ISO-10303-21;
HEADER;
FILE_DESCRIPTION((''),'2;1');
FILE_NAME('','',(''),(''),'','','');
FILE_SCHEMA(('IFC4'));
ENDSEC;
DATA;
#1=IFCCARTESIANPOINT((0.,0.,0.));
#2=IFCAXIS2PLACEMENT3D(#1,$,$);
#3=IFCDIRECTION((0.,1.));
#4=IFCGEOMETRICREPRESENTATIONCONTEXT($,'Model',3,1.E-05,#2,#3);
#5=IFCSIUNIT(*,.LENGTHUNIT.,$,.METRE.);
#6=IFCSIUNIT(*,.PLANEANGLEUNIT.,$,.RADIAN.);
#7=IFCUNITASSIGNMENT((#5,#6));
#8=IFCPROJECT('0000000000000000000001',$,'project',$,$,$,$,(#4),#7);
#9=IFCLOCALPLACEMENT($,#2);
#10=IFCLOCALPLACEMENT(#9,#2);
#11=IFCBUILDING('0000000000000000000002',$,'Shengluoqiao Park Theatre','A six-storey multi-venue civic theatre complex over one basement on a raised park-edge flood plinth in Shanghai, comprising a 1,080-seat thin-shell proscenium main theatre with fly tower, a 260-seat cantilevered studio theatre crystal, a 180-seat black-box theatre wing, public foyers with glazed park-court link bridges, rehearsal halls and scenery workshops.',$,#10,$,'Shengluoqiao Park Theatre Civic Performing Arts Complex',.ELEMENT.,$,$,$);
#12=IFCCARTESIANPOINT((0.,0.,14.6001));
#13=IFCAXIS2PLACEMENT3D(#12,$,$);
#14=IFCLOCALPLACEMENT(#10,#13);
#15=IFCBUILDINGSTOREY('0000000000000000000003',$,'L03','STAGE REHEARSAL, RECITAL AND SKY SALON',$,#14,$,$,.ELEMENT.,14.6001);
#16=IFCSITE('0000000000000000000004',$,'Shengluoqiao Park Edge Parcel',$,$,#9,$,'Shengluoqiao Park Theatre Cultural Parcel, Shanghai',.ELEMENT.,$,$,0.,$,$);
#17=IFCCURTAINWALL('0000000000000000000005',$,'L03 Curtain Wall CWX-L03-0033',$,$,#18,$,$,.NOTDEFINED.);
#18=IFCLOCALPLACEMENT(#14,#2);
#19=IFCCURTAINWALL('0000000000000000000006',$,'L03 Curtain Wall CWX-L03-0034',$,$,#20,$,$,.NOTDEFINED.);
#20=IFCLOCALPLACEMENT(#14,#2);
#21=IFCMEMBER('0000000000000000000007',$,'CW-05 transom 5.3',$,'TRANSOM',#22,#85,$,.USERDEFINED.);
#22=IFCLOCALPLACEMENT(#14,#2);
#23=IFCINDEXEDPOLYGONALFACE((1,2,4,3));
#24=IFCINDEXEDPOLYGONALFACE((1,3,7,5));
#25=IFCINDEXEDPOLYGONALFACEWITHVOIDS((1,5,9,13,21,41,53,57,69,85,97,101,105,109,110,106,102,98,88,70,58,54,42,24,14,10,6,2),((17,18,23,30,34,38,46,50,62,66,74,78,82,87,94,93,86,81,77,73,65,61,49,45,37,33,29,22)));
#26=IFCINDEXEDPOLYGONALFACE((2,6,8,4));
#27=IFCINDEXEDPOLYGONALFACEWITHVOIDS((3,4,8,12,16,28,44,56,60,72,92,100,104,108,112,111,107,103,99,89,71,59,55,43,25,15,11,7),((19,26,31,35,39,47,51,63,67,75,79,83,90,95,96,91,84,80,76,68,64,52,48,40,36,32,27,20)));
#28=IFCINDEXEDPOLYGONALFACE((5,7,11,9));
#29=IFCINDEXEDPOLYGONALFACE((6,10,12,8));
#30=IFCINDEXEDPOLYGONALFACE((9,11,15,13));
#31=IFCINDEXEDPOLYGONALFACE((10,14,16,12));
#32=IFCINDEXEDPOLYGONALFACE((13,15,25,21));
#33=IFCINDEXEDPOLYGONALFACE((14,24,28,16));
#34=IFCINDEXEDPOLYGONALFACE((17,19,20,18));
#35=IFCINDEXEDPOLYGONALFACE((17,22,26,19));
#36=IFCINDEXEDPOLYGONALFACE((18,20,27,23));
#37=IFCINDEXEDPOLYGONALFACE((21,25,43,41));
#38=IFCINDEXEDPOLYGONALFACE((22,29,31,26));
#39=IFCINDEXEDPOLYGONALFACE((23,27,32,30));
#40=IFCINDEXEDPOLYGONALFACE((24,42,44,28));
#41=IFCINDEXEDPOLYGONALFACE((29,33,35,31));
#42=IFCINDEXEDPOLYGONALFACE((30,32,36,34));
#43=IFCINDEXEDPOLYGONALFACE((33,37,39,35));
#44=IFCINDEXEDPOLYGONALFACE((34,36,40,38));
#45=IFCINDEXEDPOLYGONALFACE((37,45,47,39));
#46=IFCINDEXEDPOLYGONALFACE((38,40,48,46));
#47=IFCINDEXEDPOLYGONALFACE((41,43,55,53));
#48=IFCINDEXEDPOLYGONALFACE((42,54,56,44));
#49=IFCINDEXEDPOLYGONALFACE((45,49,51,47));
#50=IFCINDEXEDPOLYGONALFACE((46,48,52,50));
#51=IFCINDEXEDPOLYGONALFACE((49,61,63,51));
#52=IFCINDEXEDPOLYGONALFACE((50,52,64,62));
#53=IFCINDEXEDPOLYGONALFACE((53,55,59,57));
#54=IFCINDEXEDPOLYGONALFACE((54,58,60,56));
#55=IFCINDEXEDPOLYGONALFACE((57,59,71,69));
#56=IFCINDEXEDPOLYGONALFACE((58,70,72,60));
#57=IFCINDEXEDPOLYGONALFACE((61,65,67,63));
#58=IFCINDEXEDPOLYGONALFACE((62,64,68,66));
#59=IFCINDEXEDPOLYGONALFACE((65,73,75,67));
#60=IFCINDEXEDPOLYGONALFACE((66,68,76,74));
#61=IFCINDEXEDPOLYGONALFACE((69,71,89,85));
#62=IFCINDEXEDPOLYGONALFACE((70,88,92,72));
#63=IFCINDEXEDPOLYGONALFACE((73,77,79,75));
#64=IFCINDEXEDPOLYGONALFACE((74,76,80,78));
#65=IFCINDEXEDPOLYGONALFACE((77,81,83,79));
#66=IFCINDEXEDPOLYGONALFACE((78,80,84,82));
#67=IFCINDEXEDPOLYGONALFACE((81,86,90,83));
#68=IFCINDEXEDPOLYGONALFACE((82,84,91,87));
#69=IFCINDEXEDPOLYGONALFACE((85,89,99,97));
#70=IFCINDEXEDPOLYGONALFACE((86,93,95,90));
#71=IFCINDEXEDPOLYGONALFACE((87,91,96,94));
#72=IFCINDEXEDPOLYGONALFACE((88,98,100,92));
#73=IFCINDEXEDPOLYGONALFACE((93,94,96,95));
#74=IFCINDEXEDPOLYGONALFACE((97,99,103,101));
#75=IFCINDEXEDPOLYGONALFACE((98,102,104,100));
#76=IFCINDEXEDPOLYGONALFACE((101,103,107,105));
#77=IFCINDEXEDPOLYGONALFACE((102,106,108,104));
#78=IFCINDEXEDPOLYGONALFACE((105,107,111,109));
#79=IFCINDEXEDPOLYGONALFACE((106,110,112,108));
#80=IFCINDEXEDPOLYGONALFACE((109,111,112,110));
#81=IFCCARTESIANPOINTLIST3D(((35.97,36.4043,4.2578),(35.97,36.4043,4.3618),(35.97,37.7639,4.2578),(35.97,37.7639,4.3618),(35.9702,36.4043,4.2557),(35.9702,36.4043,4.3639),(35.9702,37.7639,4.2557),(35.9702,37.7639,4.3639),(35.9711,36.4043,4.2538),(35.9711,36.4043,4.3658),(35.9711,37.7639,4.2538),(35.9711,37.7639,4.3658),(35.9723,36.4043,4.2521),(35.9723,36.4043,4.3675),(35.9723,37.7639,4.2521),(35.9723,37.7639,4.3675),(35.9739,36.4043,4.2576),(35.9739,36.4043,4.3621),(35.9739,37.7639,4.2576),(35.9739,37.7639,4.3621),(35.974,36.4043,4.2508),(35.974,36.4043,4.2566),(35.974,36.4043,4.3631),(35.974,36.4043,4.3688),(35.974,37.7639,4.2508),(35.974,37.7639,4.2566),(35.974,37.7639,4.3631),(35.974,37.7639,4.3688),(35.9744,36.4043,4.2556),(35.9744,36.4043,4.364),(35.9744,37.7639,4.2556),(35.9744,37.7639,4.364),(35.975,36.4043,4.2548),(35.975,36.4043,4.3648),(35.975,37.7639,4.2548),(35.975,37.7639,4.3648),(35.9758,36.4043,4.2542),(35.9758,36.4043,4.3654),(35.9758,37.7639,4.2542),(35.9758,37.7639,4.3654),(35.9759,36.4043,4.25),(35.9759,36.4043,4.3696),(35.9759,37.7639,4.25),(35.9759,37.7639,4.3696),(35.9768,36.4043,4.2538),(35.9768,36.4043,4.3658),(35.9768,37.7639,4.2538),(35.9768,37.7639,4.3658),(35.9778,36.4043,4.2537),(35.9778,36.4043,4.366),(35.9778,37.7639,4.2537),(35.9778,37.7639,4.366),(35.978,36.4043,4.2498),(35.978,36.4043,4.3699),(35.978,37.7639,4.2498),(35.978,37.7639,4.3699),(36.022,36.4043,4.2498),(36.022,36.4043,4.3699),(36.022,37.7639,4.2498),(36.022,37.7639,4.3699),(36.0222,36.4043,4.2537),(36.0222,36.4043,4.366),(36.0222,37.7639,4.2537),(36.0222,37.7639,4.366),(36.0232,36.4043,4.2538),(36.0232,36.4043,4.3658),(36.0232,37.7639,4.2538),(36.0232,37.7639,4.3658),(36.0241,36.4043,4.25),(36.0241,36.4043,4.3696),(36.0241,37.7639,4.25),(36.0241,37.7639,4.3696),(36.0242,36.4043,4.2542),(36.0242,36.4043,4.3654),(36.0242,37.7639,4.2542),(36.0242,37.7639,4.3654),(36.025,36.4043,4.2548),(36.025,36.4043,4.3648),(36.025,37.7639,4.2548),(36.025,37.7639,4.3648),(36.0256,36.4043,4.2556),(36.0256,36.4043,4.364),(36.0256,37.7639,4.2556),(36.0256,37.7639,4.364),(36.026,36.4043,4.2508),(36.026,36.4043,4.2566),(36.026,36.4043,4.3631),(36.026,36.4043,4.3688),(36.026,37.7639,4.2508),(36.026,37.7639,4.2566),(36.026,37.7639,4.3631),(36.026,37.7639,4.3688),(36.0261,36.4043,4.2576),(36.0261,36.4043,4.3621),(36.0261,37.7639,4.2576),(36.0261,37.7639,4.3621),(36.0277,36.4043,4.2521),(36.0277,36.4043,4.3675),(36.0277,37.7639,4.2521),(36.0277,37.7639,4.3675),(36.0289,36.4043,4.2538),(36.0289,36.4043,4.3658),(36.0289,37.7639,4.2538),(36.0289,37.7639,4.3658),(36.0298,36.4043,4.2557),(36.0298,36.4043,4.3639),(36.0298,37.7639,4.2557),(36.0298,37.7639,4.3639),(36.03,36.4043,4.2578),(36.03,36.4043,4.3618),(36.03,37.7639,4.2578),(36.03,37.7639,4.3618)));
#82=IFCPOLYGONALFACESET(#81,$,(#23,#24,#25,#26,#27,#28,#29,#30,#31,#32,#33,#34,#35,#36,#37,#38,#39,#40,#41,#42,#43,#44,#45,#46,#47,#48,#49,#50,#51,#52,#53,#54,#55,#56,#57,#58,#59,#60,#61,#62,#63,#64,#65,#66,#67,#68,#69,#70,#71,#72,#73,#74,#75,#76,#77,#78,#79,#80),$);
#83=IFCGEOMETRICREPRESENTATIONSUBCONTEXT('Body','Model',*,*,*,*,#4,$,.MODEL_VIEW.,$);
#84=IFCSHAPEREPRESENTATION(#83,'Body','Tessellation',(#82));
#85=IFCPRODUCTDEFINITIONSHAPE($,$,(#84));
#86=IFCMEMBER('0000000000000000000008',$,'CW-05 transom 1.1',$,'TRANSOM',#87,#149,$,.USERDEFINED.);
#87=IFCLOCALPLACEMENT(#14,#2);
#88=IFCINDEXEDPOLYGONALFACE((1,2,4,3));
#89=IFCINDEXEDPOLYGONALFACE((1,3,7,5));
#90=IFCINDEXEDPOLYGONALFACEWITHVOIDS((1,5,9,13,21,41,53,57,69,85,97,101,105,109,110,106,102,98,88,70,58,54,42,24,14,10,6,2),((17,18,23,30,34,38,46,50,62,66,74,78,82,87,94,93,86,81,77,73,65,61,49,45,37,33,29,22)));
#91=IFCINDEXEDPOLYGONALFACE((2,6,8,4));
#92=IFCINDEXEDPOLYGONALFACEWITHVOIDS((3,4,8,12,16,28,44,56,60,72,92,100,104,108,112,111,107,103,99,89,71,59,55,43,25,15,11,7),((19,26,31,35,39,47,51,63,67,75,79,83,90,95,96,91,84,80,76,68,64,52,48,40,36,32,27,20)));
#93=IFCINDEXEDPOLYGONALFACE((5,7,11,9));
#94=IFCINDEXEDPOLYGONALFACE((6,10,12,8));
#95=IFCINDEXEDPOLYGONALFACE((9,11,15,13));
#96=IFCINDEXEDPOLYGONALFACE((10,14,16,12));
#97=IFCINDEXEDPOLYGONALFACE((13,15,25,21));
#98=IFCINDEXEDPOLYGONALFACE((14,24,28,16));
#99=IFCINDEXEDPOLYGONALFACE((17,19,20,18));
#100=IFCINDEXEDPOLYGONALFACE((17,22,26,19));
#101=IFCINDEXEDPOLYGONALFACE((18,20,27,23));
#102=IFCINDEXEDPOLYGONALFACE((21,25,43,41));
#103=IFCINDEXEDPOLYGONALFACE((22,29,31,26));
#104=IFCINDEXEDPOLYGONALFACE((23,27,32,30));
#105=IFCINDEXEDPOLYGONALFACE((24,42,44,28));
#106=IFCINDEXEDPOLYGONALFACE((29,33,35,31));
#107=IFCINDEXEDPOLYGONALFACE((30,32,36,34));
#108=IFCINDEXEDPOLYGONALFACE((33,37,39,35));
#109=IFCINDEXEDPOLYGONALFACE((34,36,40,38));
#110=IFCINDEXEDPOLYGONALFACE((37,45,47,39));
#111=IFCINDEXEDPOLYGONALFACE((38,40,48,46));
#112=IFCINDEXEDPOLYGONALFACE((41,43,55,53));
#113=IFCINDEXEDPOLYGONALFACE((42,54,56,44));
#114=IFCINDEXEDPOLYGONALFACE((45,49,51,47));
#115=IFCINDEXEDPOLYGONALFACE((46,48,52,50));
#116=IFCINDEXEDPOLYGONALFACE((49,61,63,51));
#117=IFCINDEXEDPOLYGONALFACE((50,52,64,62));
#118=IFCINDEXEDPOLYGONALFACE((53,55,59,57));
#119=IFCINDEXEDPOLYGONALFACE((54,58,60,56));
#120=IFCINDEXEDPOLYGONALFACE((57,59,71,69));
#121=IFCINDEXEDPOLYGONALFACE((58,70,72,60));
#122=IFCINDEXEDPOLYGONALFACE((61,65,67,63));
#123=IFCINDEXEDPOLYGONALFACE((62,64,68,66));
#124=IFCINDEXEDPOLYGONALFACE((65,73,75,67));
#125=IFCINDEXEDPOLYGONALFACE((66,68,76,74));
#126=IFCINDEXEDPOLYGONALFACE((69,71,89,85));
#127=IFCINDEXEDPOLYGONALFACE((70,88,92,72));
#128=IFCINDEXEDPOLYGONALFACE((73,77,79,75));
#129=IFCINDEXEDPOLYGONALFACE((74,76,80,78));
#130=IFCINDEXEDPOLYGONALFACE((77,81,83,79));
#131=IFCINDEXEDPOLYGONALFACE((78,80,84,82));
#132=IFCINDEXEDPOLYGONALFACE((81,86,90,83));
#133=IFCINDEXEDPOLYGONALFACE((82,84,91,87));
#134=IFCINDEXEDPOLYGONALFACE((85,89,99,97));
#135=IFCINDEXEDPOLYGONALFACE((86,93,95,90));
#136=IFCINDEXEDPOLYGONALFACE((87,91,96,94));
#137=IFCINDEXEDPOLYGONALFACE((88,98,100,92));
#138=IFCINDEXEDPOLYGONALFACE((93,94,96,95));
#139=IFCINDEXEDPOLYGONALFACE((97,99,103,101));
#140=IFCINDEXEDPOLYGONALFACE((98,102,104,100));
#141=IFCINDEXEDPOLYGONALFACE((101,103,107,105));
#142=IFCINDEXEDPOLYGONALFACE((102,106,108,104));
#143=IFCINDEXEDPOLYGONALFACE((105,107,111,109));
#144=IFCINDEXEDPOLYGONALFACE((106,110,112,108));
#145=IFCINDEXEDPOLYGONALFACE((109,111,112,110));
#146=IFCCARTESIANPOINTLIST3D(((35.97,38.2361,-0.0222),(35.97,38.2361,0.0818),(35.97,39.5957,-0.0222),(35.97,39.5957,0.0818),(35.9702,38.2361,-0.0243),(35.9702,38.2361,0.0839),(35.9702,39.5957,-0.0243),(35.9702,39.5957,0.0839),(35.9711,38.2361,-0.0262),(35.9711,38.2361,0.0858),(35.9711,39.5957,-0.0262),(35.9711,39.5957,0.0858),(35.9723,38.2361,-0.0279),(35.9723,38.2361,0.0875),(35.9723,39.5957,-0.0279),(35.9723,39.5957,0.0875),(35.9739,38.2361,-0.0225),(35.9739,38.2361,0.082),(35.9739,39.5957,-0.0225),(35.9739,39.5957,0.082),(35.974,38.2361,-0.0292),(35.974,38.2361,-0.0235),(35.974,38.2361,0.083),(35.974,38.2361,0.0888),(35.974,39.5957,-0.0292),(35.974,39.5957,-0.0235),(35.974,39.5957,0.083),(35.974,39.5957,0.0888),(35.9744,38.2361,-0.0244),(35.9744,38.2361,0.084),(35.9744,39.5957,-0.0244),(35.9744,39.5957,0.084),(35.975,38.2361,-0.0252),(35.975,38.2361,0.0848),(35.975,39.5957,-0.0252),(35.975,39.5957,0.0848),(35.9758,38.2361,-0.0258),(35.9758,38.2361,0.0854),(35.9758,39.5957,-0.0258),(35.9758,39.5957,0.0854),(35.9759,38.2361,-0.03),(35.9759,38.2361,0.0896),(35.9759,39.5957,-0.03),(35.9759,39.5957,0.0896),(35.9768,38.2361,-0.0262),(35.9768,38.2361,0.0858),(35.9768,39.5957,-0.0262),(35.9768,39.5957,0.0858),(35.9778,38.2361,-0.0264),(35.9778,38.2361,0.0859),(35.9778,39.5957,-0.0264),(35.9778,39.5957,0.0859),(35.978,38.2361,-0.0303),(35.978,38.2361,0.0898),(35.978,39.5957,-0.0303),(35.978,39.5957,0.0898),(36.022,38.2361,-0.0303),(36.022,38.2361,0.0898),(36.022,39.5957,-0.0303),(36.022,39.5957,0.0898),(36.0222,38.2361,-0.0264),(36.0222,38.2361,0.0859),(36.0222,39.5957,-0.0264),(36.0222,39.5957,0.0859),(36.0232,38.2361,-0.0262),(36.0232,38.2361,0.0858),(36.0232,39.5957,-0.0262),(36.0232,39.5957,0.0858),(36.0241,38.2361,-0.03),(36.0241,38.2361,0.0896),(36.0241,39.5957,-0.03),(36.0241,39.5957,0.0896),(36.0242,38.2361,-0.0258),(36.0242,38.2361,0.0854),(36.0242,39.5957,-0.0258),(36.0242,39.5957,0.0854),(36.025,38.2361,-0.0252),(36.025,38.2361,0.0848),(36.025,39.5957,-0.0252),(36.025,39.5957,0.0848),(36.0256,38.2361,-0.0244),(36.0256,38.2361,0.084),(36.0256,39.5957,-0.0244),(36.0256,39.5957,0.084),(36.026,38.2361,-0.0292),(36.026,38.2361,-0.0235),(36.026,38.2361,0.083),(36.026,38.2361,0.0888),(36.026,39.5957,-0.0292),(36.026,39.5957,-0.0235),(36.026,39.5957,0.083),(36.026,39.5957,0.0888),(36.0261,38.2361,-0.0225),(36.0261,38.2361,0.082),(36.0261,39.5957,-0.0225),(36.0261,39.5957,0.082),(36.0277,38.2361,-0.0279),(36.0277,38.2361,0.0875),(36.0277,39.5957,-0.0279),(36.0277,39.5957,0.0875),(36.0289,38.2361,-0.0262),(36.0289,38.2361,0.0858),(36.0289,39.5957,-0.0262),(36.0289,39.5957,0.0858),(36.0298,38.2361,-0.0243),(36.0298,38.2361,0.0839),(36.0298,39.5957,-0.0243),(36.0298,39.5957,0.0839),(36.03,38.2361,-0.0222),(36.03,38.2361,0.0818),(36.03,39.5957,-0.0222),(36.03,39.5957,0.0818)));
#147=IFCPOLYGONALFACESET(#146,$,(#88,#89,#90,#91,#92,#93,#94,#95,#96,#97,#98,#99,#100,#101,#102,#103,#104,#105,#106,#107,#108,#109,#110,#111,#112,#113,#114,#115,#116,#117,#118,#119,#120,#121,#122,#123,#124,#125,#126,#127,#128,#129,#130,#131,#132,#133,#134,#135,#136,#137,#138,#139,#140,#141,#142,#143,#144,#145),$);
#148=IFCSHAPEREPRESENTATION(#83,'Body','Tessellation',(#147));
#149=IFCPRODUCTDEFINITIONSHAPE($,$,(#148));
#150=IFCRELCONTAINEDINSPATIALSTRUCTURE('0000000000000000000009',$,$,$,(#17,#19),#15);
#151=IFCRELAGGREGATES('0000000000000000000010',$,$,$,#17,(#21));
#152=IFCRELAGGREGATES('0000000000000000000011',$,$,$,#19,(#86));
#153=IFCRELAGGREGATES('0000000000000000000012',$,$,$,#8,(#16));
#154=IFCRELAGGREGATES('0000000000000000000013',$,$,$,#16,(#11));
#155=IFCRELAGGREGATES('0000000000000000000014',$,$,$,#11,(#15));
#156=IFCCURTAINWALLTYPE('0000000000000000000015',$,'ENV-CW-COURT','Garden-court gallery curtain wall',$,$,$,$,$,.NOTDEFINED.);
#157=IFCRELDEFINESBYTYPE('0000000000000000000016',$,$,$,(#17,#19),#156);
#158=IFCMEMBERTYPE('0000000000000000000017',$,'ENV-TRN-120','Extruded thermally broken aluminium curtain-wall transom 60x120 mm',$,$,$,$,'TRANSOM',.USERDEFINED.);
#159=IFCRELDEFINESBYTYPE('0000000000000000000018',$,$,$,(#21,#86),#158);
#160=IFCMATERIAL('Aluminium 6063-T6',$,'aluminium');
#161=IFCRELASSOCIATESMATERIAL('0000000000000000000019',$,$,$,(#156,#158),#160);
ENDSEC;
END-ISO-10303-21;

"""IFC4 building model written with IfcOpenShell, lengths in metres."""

from ifc_helpers import new_model, si_unit, direction, frame, origin, origin_2d, place, context, subcontext, project, spatial, hollow_rectangle, extrude, material, material_profile, profile_set, type_object, element, aggregate, save


model = new_model("IFC4")

# Units and contexts
model_context = context("Model", 3, precision=1e-05, world=origin(), true_north=direction((0.0, 1.0)))
body_context = subcontext(model_context, "Body", "Model", "MODEL_VIEW")
ifc_project = project(units=[si_unit("LENGTHUNIT", "METRE"), si_unit("PLANEANGLEUNIT", "RADIAN")], contexts=[model_context])

# Site, building, storey
site_placement = place(None, origin())
site = spatial("IfcSite", under=ifc_project, at=site_placement, Name="Shengluoqiao Park Edge Parcel", LongName="Shengluoqiao Park Theatre Cultural Parcel, Shanghai", CompositionType="ELEMENT", RefElevation=0.0)
building_placement = place(site_placement, origin())
building = spatial("IfcBuilding", under=site, at=building_placement, Name="Shengluoqiao Park Theatre", Description="A six-storey multi-venue civic theatre complex over one basement on a raised park-edge flood plinth in Shanghai, comprising a 1,080-seat thin-shell proscenium main theatre with fly tower, a 260-seat cantilevered studio theatre crystal, a 180-seat black-box theatre wing, public foyers with glazed park-court link bridges, rehearsal halls and scenery workshops.", LongName="Shengluoqiao Park Theatre Civic Performing Arts Complex", CompositionType="ELEMENT")
storey_placement = place(building_placement, frame((0.0, 0.0, 14.6001)))
storey = spatial("IfcBuildingStorey", under=building, at=storey_placement, Name="L03", Description="STAGE REHEARSAL, RECITAL AND SKY SALON", CompositionType="ELEMENT", Elevation=14.6001)

# Curtain walls
ifc_material_1 = material(Name="Aluminium 6063-T6", Category="aluminium")
curtain_wall_type = type_object("IfcCurtainWallType", Name="ENV-CW-COURT", Description="Garden-court gallery curtain wall", PredefinedType="NOTDEFINED", material=ifc_material_1)
curtain_wall_1_placement = place(storey_placement, origin())
curtain_wall_1 = element("IfcCurtainWall", 1, at=curtain_wall_1_placement, inside=storey, type_object=curtain_wall_type, Name="L03 Curtain Wall CWX-L03-0033", PredefinedType="NOTDEFINED")
curtain_wall_2_placement = place(storey_placement, origin())
curtain_wall_2 = element("IfcCurtainWall", 2, at=curtain_wall_2_placement, inside=storey, type_object=curtain_wall_type, Name="L03 Curtain Wall CWX-L03-0034", PredefinedType="NOTDEFINED")

# Members
ifc_material_profile_1 = material_profile(ifc_material_1, hollow_rectangle(XDim=0.0601, YDim=0.1201, WallThickness=0.0039, InnerFilletRadius=0.0039, OuterFilletRadius=0.0081, at=origin_2d()), Name="ALU TRANSOM 120x60x4")
ifc_profile_set_1 = profile_set([ifc_material_profile_1], Name="Aluminium 6063-T6")
member_type_1 = type_object("IfcMemberType", Name="ENV-TRN-120", Description="Extruded thermally broken aluminium curtain-wall transom 60x120 mm", ElementType="TRANSOM", PredefinedType="USERDEFINED", material=ifc_profile_set_1)
member_1_placement = place(storey_placement, frame((36.0, 36.4043, 4.3098), z_axis=(0.0, 1.0, 0.0), x_axis=(-1.0, 0.0, 0.0)))
member_1 = element("IfcMember", 3, at=member_1_placement, type_object=member_type_1, Name="CW-05 transom 5.3", ObjectType="TRANSOM", PredefinedType="USERDEFINED", context=body_context, shape_type="SweptSolid", body=[
    extrude(hollow_rectangle(XDim=0.0601, YDim=0.1201, WallThickness=0.0039, InnerFilletRadius=0.0039, OuterFilletRadius=0.0081, at=origin_2d()), origin(), (0.0, 0.0, 1.0), 1.3596),
])
member_2_placement = place(storey_placement, frame((36.0, 38.2361, 0.0298), z_axis=(0.0, 1.0, 0.0), x_axis=(-1.0, 0.0, 0.0)))
member_2 = element("IfcMember", 4, at=member_2_placement, type_object=member_type_1, Name="CW-05 transom 1.1", ObjectType="TRANSOM", PredefinedType="USERDEFINED", context=body_context, shape_type="SweptSolid", body=[
    extrude(hollow_rectangle(XDim=0.0601, YDim=0.1201, WallThickness=0.0039, InnerFilletRadius=0.0039, OuterFilletRadius=0.0081, at=origin_2d()), origin(), (0.0, 0.0, 1.0), 1.3596),
])

aggregate(curtain_wall_1, [member_1])
aggregate(curtain_wall_2, [member_2])

save(model, "model.ifc")
